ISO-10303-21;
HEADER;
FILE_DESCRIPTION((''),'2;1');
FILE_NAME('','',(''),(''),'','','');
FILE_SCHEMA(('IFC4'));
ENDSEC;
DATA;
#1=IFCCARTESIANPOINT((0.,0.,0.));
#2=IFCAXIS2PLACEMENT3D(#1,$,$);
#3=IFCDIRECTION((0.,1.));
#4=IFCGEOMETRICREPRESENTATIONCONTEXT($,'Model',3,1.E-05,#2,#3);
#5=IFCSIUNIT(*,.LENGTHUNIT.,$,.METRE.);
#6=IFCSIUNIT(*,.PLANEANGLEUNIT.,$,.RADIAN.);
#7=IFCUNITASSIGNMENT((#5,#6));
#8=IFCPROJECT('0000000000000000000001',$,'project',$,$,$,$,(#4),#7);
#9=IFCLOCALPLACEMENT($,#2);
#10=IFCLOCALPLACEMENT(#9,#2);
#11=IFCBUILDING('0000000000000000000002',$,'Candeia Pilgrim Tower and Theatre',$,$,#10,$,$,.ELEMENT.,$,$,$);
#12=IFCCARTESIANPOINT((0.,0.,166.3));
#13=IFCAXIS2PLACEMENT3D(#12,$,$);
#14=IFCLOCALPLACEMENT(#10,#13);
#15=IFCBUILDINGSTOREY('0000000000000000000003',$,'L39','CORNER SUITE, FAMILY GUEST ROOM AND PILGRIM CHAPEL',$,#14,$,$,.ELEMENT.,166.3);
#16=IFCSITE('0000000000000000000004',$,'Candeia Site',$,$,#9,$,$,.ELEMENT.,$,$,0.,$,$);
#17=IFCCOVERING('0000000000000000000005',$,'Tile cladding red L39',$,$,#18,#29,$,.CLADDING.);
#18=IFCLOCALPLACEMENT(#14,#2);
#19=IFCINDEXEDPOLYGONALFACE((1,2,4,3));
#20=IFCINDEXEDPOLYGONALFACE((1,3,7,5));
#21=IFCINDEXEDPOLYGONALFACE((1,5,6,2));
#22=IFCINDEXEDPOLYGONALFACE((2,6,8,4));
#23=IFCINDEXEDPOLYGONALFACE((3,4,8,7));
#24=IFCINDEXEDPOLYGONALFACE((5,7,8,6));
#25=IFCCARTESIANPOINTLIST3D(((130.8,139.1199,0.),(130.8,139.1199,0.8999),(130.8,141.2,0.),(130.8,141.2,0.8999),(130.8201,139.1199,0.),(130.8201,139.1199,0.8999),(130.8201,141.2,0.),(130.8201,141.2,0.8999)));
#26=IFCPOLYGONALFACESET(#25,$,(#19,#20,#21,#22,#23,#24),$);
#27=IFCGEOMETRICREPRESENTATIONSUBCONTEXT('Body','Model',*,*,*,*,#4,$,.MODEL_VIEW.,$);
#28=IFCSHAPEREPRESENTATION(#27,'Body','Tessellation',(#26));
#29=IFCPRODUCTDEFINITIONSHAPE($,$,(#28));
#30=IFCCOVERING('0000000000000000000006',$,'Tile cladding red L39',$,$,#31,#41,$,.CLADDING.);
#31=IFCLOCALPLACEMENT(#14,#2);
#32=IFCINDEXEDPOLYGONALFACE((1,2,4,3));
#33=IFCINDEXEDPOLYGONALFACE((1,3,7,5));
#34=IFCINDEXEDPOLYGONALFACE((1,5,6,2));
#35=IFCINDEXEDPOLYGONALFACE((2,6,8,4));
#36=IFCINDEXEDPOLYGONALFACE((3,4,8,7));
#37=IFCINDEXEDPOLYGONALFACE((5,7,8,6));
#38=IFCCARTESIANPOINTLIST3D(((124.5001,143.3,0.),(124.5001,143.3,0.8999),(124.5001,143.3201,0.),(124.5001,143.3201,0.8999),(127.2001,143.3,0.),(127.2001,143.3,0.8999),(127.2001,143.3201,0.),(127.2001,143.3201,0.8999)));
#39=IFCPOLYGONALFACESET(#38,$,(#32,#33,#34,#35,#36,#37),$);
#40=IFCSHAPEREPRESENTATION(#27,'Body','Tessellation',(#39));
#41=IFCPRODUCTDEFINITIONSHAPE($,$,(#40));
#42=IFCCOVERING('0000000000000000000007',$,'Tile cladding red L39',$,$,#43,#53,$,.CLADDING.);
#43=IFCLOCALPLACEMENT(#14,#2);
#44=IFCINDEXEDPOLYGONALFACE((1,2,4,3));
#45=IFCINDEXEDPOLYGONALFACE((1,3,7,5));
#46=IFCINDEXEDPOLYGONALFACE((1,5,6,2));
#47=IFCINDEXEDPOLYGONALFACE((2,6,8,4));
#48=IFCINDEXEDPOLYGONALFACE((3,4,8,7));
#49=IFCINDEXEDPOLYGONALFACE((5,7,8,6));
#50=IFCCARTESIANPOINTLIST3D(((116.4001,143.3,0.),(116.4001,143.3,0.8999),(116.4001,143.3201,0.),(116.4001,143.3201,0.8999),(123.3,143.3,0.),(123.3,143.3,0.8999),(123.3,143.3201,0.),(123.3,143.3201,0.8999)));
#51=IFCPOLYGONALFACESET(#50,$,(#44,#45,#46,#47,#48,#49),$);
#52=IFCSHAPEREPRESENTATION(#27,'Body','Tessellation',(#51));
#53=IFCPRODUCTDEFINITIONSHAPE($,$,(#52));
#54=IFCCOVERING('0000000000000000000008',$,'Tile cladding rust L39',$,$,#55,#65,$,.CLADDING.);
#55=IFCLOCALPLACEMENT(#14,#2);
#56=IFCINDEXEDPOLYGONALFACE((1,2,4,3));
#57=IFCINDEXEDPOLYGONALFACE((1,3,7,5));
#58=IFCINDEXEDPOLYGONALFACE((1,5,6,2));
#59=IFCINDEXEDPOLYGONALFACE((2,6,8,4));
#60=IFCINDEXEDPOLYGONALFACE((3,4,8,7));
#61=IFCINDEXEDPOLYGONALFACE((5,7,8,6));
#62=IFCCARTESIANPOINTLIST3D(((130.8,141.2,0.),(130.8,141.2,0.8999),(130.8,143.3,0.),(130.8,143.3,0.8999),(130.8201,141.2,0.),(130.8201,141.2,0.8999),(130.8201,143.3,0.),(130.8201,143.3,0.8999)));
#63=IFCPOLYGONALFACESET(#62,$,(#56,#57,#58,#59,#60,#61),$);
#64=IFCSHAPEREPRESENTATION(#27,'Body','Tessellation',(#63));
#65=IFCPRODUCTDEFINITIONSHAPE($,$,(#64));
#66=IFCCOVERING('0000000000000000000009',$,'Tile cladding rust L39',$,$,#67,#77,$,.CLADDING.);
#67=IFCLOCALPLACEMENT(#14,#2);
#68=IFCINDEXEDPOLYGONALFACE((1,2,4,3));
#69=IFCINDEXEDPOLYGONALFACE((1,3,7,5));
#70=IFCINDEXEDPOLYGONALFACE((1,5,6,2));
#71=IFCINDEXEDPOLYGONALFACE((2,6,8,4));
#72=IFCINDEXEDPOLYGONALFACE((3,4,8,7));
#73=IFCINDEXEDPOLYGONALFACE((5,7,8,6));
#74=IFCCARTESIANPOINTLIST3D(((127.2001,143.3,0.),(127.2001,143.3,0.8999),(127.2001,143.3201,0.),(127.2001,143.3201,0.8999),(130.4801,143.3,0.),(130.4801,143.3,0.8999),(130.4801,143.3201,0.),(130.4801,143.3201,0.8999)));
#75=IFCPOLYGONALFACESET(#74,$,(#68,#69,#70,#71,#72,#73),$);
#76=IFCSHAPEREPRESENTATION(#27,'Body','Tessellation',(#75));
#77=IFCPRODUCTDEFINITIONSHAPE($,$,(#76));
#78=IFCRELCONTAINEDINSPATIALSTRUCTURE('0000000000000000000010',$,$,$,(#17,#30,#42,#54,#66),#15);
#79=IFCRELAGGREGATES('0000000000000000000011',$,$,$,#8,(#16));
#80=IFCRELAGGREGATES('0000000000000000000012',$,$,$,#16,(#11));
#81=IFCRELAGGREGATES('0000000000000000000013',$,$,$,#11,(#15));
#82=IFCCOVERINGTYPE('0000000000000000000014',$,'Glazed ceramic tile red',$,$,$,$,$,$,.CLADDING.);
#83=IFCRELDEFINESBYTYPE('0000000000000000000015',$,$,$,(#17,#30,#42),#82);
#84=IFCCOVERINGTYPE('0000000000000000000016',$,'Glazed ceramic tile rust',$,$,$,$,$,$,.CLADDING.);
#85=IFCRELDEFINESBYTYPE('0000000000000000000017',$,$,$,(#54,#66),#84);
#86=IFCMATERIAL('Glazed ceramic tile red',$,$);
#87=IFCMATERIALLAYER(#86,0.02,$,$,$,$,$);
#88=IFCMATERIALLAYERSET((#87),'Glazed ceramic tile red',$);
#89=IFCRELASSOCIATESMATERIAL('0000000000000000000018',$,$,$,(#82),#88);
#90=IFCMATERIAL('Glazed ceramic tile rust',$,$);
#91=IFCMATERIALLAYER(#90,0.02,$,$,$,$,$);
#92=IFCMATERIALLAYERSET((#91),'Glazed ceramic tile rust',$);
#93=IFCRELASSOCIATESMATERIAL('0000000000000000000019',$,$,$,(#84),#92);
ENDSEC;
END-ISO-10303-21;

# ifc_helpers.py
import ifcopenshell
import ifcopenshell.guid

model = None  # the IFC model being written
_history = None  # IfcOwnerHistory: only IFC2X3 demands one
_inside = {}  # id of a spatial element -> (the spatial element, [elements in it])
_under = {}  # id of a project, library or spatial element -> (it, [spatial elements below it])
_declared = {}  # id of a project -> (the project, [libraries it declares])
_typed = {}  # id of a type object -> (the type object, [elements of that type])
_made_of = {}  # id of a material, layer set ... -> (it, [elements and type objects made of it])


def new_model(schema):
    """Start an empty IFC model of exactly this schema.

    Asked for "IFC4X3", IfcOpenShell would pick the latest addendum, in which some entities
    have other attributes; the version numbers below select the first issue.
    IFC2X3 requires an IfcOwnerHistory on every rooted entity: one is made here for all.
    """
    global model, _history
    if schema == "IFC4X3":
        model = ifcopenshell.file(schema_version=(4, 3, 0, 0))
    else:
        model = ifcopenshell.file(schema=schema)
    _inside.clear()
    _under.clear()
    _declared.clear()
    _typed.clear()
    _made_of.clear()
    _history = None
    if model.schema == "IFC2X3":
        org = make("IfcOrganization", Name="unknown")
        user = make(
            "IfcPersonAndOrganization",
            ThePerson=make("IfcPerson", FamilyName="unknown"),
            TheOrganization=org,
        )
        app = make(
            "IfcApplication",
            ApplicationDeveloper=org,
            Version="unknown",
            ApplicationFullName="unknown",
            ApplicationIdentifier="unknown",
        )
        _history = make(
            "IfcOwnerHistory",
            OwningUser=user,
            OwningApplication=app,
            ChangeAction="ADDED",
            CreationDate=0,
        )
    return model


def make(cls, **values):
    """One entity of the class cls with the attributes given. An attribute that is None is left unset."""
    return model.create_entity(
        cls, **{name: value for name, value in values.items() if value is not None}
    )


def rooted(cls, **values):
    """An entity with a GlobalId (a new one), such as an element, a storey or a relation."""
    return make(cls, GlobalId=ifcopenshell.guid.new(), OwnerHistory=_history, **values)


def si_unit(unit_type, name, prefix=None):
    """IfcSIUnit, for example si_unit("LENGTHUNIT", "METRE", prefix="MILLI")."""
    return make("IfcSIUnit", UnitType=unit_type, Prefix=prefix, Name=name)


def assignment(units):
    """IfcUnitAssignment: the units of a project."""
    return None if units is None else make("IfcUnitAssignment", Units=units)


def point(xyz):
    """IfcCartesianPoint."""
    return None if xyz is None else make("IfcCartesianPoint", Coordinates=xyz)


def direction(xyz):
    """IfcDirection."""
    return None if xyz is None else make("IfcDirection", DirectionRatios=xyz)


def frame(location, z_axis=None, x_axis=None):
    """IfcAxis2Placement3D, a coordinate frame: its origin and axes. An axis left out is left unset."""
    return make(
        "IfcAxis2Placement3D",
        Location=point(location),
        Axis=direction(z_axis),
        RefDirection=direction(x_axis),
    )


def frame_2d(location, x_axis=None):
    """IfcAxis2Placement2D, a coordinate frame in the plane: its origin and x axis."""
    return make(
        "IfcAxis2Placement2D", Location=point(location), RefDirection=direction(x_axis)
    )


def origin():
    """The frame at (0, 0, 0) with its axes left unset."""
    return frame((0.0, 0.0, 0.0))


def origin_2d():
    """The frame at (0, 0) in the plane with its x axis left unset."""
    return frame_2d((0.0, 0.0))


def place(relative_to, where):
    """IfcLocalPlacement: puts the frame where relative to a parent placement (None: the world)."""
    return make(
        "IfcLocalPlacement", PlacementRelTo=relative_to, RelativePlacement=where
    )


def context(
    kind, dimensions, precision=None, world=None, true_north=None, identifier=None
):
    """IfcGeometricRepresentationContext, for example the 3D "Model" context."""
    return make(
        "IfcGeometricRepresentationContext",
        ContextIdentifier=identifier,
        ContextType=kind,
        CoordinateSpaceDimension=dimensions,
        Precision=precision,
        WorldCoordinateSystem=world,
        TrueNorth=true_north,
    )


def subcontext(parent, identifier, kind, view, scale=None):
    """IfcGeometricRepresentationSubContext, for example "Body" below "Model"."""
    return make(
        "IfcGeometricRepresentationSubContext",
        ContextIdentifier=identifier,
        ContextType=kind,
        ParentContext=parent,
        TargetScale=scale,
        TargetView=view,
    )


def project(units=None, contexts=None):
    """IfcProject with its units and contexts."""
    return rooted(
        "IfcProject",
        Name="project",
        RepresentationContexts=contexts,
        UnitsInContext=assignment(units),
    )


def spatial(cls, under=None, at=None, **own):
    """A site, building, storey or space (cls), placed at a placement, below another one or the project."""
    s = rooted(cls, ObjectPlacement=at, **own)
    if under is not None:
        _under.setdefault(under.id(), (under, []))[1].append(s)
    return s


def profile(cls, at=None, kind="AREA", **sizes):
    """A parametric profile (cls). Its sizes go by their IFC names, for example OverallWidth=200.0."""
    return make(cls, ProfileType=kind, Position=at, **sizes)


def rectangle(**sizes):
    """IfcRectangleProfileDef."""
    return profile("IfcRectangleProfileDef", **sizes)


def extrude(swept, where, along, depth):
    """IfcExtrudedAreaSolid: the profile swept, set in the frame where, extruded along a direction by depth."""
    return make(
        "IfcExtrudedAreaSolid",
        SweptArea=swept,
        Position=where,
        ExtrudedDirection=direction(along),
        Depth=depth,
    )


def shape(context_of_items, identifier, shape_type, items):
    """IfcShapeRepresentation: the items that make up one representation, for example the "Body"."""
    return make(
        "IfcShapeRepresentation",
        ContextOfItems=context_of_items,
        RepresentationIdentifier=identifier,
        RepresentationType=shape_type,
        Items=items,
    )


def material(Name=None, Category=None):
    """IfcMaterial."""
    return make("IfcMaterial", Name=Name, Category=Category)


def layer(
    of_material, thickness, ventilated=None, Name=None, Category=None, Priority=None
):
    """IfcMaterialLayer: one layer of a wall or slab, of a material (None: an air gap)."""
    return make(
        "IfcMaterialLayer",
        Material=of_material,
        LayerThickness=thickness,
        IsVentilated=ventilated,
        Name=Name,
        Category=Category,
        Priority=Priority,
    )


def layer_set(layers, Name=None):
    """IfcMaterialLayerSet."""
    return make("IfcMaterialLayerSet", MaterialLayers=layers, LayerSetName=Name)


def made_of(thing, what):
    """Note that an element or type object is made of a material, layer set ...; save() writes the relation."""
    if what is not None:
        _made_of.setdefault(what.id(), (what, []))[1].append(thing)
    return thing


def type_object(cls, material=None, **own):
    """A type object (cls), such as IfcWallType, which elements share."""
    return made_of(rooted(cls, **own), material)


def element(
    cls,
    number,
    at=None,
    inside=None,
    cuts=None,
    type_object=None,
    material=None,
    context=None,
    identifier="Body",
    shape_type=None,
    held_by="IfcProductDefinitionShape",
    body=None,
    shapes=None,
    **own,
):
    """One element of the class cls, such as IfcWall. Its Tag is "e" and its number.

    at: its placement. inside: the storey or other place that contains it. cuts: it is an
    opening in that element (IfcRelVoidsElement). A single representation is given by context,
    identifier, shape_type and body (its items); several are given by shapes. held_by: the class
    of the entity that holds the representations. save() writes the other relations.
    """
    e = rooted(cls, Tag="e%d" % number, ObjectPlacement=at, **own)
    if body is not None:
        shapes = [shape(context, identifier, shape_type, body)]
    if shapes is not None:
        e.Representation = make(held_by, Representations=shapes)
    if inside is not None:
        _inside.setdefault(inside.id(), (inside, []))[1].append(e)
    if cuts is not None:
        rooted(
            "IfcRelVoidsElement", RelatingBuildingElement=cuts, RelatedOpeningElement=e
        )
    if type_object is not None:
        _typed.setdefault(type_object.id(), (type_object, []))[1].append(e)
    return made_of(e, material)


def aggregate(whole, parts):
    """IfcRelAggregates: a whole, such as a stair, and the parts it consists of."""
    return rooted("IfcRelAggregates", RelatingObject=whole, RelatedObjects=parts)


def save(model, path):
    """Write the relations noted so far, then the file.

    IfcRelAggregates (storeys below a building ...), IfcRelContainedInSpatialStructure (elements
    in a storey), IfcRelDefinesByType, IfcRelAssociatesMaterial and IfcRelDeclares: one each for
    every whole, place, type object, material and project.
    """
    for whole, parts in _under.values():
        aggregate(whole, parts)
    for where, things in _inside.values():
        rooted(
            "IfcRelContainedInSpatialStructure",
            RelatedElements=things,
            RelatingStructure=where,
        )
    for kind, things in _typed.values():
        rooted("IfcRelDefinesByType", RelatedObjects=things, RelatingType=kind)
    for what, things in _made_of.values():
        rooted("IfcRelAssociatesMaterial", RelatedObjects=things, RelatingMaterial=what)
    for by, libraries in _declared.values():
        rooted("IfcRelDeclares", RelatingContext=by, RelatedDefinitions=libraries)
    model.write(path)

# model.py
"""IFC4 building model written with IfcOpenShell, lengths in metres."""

from ifc_helpers import new_model, si_unit, direction, frame, origin, origin_2d, place, context, subcontext, project, spatial, rectangle, extrude, material, layer, layer_set, type_object, element, save


model = new_model("IFC4")

# Units and contexts
model_context = context("Model", 3, precision=1e-05, world=origin(), true_north=direction((0.0, 1.0)))
body_context = subcontext(model_context, "Body", "Model", "MODEL_VIEW")
ifc_project = project(units=[si_unit("LENGTHUNIT", "METRE"), si_unit("PLANEANGLEUNIT", "RADIAN")], contexts=[model_context])

# Site, building, storey
site_placement = place(None, origin())
site = spatial("IfcSite", under=ifc_project, at=site_placement, Name="Candeia Site", CompositionType="ELEMENT", RefElevation=0.0)
building_placement = place(site_placement, origin())
building = spatial("IfcBuilding", under=site, at=building_placement, Name="Candeia Pilgrim Tower and Theatre", CompositionType="ELEMENT")
storey_placement = place(building_placement, frame((0.0, 0.0, 166.3)))
storey = spatial("IfcBuildingStorey", under=building, at=storey_placement, Name="L39", Description="CORNER SUITE, FAMILY GUEST ROOM AND PILGRIM CHAPEL", CompositionType="ELEMENT", Elevation=166.3)

# Coverings
ifc_material_1 = material(Name="Glazed ceramic tile red")
ifc_layer_1 = layer(ifc_material_1, 0.02)
ifc_layer_set_1 = layer_set([ifc_layer_1], Name="Glazed ceramic tile red")
covering_type_1 = type_object("IfcCoveringType", Name="Glazed ceramic tile red", PredefinedType="CLADDING", material=ifc_layer_set_1)
covering_1_placement = place(storey_placement, frame((130.8101, 140.1599, 0.0), z_axis=(0.0, 0.0, 1.0), x_axis=(0.0, 1.0, 0.0)))
element("IfcCovering", 1, at=covering_1_placement, inside=storey, type_object=covering_type_1, Name="Tile cladding red L39", PredefinedType="CLADDING", context=body_context, shape_type="SweptSolid", body=[
    extrude(rectangle(XDim=2.0801, YDim=0.02, at=origin_2d()), origin(), (0.0, 0.0, 1.0), 0.8999),
])
covering_2_placement = place(storey_placement, frame((125.8501, 143.3101, 0.0), z_axis=(0.0, 0.0, 1.0), x_axis=(-1.0, 0.0, 0.0)))
element("IfcCovering", 2, at=covering_2_placement, inside=storey, type_object=covering_type_1, Name="Tile cladding red L39", PredefinedType="CLADDING", context=body_context, shape_type="SweptSolid", body=[
    extrude(rectangle(XDim=2.7, YDim=0.02, at=origin_2d()), origin(), (0.0, 0.0, 1.0), 0.8999),
])
covering_3_placement = place(storey_placement, frame((119.8501, 143.3101, 0.0), z_axis=(0.0, 0.0, 1.0), x_axis=(-1.0, 0.0, 0.0)))
element("IfcCovering", 3, at=covering_3_placement, inside=storey, type_object=covering_type_1, Name="Tile cladding red L39", PredefinedType="CLADDING", context=body_context, shape_type="SweptSolid", body=[
    extrude(rectangle(XDim=6.8999, YDim=0.02, at=origin_2d()), origin(), (0.0, 0.0, 1.0), 0.8999),
])
ifc_material_2 = material(Name="Glazed ceramic tile rust")
ifc_layer_2 = layer(ifc_material_2, 0.02)
ifc_layer_set_2 = layer_set([ifc_layer_2], Name="Glazed ceramic tile rust")
covering_type_2 = type_object("IfcCoveringType", Name="Glazed ceramic tile rust", PredefinedType="CLADDING", material=ifc_layer_set_2)
covering_4_placement = place(storey_placement, frame((130.8101, 142.25, 0.0), z_axis=(0.0, 0.0, 1.0), x_axis=(0.0, 1.0, 0.0)))
element("IfcCovering", 4, at=covering_4_placement, inside=storey, type_object=covering_type_2, Name="Tile cladding rust L39", PredefinedType="CLADDING", context=body_context, shape_type="SweptSolid", body=[
    extrude(rectangle(XDim=2.1001, YDim=0.02, at=origin_2d()), origin(), (0.0, 0.0, 1.0), 0.8999),
])
covering_5_placement = place(storey_placement, frame((128.8401, 143.3101, 0.0), z_axis=(0.0, 0.0, 1.0), x_axis=(-1.0, 0.0, 0.0)))
element("IfcCovering", 5, at=covering_5_placement, inside=storey, type_object=covering_type_2, Name="Tile cladding rust L39", PredefinedType="CLADDING", context=body_context, shape_type="SweptSolid", body=[
    extrude(rectangle(XDim=3.28, YDim=0.02, at=origin_2d()), origin(), (0.0, 0.0, 1.0), 0.8999),
])

save(model, "model.ifc")
